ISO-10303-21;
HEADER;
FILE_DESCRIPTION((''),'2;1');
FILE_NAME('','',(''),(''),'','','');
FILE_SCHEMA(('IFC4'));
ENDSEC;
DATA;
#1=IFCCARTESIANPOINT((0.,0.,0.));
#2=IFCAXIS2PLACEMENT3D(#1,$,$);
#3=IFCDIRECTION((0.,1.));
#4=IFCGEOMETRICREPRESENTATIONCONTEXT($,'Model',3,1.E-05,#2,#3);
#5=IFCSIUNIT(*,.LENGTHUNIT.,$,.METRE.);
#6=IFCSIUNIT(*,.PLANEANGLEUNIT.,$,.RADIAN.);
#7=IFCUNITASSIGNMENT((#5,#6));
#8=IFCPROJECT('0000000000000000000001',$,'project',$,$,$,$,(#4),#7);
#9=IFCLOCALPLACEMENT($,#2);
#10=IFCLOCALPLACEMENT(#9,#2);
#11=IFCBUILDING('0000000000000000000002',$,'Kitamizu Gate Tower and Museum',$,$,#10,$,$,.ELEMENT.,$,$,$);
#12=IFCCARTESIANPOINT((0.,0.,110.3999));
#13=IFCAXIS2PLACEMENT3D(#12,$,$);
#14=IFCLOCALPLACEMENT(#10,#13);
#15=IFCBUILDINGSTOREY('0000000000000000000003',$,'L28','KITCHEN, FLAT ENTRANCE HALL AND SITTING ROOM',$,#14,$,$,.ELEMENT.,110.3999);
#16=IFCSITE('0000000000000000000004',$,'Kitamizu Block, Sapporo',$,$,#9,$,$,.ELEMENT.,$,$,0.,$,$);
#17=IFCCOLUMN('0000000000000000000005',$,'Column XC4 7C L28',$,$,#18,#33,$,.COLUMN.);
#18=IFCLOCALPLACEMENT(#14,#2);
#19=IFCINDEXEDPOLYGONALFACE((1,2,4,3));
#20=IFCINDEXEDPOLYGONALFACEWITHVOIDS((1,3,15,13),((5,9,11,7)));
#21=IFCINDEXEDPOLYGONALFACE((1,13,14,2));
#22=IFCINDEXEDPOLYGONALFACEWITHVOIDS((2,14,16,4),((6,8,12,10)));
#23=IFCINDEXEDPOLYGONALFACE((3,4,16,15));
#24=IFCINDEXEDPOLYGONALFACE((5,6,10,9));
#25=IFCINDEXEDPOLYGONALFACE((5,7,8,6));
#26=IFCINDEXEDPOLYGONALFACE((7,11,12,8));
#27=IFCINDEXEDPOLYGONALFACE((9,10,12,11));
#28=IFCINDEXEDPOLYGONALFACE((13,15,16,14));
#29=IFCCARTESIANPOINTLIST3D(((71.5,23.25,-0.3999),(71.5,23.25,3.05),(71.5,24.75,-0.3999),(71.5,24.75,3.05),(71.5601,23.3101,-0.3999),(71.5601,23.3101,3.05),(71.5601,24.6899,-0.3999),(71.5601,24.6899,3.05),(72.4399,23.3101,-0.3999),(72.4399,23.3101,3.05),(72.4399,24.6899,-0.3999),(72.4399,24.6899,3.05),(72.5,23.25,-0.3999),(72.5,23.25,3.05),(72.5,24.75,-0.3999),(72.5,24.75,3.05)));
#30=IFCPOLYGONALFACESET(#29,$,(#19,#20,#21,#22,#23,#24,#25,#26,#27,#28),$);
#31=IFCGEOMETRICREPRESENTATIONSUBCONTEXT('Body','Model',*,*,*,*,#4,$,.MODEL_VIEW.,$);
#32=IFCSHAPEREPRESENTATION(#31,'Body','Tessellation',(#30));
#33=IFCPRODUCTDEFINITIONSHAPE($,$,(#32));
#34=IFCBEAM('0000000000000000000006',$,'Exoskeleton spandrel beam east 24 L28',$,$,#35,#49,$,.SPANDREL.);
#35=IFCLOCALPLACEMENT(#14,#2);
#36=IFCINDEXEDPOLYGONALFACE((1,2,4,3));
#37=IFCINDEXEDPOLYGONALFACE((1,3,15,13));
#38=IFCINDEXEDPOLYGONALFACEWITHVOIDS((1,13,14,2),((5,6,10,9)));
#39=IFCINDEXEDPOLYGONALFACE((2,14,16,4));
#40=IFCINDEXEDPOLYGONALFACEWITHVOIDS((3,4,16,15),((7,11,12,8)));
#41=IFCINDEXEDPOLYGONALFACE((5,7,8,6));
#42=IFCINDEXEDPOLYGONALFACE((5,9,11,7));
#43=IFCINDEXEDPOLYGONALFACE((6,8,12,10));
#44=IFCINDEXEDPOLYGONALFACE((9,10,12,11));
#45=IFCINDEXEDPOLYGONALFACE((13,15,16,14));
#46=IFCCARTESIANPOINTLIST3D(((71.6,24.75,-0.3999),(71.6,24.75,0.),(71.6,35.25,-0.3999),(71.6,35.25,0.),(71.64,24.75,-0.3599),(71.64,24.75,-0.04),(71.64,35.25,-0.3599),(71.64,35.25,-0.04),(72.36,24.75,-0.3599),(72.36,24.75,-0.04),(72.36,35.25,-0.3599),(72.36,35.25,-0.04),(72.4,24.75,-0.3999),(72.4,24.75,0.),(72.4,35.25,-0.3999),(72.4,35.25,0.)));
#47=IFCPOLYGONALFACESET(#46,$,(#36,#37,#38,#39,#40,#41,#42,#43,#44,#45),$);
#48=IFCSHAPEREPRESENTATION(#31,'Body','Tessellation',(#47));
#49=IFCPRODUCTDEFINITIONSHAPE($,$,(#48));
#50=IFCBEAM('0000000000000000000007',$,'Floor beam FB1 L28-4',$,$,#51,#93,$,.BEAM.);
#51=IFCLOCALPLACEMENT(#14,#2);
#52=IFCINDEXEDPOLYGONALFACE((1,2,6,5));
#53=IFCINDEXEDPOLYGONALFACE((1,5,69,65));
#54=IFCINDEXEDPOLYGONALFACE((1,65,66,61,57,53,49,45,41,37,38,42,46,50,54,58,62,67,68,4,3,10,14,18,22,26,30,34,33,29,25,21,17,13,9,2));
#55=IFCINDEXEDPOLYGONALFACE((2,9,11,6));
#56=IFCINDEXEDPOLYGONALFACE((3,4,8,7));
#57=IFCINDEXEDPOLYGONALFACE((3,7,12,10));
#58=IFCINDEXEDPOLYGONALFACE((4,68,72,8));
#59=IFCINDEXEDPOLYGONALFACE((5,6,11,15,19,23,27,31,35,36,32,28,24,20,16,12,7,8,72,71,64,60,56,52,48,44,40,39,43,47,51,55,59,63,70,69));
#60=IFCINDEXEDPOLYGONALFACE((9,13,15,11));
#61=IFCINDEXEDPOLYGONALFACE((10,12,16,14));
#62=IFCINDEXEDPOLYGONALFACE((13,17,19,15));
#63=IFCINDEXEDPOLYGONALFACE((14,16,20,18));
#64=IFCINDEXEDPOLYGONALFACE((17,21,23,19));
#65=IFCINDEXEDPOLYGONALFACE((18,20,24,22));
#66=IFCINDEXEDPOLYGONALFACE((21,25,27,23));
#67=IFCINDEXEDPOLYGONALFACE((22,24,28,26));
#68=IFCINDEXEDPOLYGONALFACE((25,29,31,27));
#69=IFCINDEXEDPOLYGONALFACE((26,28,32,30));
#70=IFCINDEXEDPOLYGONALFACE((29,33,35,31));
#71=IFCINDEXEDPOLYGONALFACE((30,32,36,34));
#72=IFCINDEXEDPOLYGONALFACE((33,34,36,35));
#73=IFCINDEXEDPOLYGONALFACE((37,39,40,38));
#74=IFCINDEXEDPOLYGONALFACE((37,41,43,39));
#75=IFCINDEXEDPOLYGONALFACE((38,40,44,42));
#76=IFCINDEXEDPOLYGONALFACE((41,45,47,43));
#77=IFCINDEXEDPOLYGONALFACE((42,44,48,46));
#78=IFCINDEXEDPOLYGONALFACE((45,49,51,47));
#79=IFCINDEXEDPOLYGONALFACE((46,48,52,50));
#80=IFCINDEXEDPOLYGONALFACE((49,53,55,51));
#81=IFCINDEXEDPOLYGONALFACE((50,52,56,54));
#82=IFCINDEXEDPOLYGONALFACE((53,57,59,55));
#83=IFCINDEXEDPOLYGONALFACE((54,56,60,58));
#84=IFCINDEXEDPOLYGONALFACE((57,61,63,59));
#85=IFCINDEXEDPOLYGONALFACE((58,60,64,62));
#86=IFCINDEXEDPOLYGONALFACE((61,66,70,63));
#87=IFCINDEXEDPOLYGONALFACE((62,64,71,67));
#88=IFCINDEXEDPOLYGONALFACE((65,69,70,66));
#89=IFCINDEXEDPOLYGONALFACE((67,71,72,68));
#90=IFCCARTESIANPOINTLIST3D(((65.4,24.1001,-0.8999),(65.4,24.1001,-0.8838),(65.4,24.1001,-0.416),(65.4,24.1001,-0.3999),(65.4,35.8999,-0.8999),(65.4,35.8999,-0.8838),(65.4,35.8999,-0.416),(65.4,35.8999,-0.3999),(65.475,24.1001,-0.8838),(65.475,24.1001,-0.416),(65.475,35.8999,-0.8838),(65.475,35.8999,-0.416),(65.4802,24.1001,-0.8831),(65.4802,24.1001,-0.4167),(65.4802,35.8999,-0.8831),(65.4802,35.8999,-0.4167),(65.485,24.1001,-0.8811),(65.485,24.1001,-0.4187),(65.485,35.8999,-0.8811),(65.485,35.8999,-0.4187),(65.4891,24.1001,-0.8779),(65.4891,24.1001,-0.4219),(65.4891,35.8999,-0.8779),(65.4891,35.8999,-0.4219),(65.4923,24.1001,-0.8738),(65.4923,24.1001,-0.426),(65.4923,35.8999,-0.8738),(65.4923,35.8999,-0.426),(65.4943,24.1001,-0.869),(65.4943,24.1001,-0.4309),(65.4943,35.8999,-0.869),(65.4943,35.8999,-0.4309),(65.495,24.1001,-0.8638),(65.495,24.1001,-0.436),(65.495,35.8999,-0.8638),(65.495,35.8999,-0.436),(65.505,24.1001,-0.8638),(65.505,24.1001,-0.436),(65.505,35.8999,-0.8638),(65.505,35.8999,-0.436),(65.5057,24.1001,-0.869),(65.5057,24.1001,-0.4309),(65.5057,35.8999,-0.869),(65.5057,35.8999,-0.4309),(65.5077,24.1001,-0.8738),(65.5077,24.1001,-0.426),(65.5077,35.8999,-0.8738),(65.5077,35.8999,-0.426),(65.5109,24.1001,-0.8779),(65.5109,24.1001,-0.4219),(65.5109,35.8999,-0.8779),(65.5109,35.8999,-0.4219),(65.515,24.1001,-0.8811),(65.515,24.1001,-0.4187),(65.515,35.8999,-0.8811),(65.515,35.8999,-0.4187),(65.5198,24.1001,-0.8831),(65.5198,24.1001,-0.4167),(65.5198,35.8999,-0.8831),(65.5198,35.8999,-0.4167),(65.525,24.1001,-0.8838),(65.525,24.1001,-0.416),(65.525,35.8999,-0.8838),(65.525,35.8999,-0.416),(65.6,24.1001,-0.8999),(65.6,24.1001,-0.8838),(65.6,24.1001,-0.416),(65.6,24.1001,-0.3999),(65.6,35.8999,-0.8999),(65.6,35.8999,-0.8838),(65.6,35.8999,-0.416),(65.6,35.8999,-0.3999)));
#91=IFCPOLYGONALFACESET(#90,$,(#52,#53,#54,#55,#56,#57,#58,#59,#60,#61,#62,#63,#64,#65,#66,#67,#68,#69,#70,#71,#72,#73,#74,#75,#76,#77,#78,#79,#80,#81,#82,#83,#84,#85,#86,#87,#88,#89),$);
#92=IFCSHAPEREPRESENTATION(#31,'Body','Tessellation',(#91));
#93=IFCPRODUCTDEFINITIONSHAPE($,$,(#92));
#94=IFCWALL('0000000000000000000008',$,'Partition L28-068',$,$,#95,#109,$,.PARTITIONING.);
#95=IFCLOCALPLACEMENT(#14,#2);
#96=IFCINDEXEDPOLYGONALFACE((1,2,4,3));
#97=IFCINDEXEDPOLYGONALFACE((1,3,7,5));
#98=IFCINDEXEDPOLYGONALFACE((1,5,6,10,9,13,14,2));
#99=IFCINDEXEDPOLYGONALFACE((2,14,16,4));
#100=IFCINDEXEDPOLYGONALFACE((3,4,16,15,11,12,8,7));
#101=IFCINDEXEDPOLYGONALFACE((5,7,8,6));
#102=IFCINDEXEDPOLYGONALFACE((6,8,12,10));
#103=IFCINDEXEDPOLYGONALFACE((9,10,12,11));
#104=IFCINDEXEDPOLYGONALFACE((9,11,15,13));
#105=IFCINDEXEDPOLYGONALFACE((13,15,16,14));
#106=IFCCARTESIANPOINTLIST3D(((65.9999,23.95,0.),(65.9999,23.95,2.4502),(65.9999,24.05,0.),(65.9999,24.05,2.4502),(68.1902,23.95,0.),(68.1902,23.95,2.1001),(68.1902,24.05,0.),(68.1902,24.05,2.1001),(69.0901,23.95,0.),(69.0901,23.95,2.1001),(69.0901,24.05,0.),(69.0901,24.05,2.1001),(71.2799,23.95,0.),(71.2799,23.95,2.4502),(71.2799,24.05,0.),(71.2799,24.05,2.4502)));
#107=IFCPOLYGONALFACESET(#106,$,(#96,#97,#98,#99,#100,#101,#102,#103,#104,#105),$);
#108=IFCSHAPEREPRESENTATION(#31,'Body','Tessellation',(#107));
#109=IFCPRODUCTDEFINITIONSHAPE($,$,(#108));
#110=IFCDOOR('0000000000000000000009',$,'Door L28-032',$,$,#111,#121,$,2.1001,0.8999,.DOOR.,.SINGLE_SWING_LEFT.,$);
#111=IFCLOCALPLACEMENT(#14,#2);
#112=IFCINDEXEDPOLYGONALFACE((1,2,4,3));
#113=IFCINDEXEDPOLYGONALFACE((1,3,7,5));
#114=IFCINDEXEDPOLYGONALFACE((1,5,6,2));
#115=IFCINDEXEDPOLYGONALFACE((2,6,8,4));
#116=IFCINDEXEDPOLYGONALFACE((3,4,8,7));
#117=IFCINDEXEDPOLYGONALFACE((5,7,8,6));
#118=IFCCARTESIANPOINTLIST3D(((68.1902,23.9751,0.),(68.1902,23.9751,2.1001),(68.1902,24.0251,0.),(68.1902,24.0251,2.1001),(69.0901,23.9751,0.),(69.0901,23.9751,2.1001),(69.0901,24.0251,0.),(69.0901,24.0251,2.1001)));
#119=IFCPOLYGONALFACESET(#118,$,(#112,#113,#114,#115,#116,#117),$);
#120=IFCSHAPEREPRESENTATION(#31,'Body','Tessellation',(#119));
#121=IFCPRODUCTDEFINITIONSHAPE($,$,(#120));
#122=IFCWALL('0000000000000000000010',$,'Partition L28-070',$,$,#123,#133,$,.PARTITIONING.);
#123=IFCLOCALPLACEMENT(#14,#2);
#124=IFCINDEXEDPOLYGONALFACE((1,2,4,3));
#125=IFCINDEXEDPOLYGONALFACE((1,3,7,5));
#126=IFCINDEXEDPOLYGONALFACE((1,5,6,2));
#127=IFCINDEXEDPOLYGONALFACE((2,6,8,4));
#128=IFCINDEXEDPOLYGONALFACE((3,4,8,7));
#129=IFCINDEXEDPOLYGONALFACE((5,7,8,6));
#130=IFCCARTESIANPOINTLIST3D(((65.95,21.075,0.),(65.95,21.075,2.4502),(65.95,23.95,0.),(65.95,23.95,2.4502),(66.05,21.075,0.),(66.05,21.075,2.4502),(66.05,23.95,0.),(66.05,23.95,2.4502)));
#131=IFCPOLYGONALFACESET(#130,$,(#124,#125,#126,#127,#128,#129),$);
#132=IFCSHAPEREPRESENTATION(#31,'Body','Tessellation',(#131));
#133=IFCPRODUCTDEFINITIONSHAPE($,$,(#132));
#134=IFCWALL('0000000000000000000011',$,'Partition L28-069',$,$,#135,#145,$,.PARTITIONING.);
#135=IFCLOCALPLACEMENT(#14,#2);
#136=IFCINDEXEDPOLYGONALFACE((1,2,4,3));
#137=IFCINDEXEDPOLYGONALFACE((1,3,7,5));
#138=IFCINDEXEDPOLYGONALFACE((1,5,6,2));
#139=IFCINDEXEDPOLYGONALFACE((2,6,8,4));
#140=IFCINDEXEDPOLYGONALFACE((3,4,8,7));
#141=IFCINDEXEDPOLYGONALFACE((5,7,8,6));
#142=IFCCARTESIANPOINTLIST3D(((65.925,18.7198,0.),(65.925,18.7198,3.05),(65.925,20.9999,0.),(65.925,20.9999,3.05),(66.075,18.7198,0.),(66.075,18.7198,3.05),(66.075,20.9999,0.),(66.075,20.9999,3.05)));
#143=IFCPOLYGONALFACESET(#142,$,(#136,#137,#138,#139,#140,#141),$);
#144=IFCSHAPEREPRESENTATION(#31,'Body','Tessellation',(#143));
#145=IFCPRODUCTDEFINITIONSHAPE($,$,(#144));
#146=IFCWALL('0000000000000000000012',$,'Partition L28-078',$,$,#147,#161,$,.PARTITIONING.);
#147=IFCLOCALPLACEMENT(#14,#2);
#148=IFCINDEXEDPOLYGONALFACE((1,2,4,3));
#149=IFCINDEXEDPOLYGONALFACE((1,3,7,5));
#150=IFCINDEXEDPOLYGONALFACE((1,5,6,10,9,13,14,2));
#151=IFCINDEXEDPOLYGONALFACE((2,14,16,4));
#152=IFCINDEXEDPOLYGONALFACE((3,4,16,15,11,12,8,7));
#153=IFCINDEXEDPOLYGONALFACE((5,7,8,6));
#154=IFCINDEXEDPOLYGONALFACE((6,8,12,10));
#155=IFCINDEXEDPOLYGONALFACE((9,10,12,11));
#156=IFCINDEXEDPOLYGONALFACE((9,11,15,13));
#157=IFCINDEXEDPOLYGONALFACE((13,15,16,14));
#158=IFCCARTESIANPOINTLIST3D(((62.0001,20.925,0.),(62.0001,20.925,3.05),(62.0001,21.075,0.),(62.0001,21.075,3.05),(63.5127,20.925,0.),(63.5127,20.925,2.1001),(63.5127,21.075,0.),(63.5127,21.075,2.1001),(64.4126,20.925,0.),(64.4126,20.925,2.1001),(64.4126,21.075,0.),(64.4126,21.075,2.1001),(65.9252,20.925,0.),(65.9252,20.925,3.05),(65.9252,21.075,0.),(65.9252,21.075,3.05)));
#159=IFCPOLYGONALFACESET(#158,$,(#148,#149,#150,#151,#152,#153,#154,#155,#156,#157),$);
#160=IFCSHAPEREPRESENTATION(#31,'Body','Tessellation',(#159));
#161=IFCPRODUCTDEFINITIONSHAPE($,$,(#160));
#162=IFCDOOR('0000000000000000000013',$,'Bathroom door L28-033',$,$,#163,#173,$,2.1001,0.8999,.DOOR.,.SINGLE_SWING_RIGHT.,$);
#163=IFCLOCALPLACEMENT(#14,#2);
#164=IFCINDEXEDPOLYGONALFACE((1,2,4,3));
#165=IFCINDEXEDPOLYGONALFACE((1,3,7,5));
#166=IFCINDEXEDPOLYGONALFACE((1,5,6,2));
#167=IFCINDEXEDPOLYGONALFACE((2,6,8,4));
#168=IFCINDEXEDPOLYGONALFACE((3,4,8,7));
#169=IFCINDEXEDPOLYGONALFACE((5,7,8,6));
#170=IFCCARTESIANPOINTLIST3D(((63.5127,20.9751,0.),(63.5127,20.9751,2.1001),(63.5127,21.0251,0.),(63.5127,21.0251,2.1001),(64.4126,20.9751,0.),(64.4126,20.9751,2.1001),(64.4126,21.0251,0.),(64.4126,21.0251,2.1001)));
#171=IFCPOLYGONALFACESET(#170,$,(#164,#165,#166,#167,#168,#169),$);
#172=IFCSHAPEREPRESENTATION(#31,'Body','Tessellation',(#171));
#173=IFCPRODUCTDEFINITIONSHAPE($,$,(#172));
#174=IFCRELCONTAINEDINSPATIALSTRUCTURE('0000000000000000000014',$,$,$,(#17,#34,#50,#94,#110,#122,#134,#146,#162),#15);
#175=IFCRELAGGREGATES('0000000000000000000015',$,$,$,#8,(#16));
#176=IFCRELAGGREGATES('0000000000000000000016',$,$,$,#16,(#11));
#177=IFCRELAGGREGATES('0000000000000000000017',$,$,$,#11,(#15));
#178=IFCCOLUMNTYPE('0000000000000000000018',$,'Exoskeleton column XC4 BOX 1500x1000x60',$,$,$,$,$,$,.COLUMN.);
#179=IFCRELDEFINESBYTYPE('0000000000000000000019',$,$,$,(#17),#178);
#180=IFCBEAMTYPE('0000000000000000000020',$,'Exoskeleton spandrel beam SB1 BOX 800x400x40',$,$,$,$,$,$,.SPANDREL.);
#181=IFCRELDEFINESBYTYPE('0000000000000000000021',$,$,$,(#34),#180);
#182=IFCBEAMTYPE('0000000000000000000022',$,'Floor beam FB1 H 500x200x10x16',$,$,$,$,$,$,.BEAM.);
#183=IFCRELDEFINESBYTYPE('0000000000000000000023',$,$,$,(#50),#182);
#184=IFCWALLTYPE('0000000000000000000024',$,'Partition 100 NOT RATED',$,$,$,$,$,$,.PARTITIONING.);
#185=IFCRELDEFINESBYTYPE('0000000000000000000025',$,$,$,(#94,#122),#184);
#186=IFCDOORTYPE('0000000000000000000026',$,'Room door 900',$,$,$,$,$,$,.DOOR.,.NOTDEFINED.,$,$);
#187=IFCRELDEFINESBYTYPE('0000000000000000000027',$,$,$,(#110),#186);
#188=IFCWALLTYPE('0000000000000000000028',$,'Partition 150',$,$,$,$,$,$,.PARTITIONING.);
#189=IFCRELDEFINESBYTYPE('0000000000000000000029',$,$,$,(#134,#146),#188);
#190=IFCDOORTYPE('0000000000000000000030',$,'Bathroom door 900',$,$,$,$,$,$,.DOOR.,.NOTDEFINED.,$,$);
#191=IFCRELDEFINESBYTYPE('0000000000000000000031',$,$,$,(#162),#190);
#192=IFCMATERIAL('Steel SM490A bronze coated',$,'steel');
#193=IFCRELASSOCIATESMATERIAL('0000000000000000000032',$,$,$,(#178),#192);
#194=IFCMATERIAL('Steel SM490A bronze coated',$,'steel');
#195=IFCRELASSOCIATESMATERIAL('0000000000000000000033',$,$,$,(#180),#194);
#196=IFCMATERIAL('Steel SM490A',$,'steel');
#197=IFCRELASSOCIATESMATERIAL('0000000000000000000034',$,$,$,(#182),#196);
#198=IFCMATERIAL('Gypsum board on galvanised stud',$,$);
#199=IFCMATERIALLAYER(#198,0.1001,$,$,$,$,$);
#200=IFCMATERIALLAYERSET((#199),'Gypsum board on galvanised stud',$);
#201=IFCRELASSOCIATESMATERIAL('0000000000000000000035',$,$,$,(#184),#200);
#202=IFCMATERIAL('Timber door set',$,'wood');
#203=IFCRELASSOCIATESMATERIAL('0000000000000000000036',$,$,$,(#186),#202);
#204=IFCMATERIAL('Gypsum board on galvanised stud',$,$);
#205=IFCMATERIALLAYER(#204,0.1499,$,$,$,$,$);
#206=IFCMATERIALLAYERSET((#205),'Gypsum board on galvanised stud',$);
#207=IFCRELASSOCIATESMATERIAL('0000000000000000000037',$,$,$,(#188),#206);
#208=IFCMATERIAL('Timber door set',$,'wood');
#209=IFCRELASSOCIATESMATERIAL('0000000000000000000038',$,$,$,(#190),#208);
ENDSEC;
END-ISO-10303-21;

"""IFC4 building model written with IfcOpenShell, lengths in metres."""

from ifc_helpers import new_model, si_unit, direction, frame, frame_2d, origin, origin_2d, place, context, subcontext, project, spatial, rectangle, hollow_rectangle, i_section, extrude, material, layer, layer_set, material_profile, profile_set, type_object, element, fill, save


model = new_model("IFC4")

# Units and contexts
model_context = context("Model", 3, precision=1e-05, world=origin(), true_north=direction((0.0, 1.0)))
body_context = subcontext(model_context, "Body", "Model", "MODEL_VIEW")
ifc_project = project(units=[si_unit("LENGTHUNIT", "METRE"), si_unit("PLANEANGLEUNIT", "RADIAN")], contexts=[model_context])

# Site, building, storey
site_placement = place(None, origin())
site = spatial("IfcSite", under=ifc_project, at=site_placement, Name="Kitamizu Block, Sapporo", CompositionType="ELEMENT", RefElevation=0.0)
building_placement = place(site_placement, origin())
building = spatial("IfcBuilding", under=site, at=building_placement, Name="Kitamizu Gate Tower and Museum", CompositionType="ELEMENT")
storey_placement = place(building_placement, frame((0.0, 0.0, 110.3999)))
storey = spatial("IfcBuildingStorey", under=building, at=storey_placement, Name="L28", Description="KITCHEN, FLAT ENTRANCE HALL AND SITTING ROOM", CompositionType="ELEMENT", Elevation=110.3999)

# Column
ifc_material_1 = material(Name="Steel SM490A bronze coated", Category="steel")
ifc_material_profile_1 = material_profile(ifc_material_1, hollow_rectangle(XDim=1.5, YDim=1.0, WallThickness=0.0601, at=origin_2d()), Name="BOX 1500x1000x60")
ifc_profile_set_1 = profile_set([ifc_material_profile_1], Name="Steel SM490A bronze coated")
column_type = type_object("IfcColumnType", Name="Exoskeleton column XC4 BOX 1500x1000x60", PredefinedType="COLUMN", material=ifc_profile_set_1)
column_placement = place(storey_placement, frame((72.0, 24.0, -0.3999), z_axis=(0.0, 0.0, 1.0), x_axis=(0.0, 1.0, 0.0)))
element("IfcColumn", 1, at=column_placement, inside=storey, type_object=column_type, Name="Column XC4 7C L28", PredefinedType="COLUMN", context=body_context, shape_type="SweptSolid", body=[
    extrude(hollow_rectangle(XDim=1.5, YDim=1.0, WallThickness=0.0601, at=origin_2d()), origin(), (0.0, 0.0, 1.0), 3.45),
])

# Beams
ifc_material_2 = material(Name="Steel SM490A bronze coated", Category="steel")
ifc_material_profile_2 = material_profile(ifc_material_2, hollow_rectangle(XDim=0.8, YDim=0.3999, WallThickness=0.04, at=origin_2d()), Name="BOX 800x400x40")
ifc_profile_set_2 = profile_set([ifc_material_profile_2], Name="Steel SM490A bronze coated")
beam_type_1 = type_object("IfcBeamType", Name="Exoskeleton spandrel beam SB1 BOX 800x400x40", PredefinedType="SPANDREL", material=ifc_profile_set_2)
beam_1_placement = place(storey_placement, frame((72.0, 24.75, -0.2), z_axis=(0.0, 1.0, 0.0), x_axis=(-1.0, 0.0, 0.0)))
element("IfcBeam", 2, at=beam_1_placement, inside=storey, type_object=beam_type_1, Name="Exoskeleton spandrel beam east 24 L28", PredefinedType="SPANDREL", context=body_context, shape_type="SweptSolid", body=[
    extrude(hollow_rectangle(XDim=0.8, YDim=0.3999, WallThickness=0.04, at=origin_2d()), origin(), (0.0, 0.0, 1.0), 10.5),
])
ifc_material_3 = material(Name="Steel SM490A", Category="steel")
ifc_material_profile_3 = material_profile(ifc_material_3, i_section(OverallWidth=0.2, OverallDepth=0.5, WebThickness=0.01, FlangeThickness=0.0161, FilletRadius=0.02, at=origin_2d()), Name="H-500x200x10x16")
ifc_profile_set_3 = profile_set([ifc_material_profile_3], Name="Steel SM490A")
beam_type_2 = type_object("IfcBeamType", Name="Floor beam FB1 H 500x200x10x16", PredefinedType="BEAM", material=ifc_profile_set_3)
beam_2_placement = place(storey_placement, frame((65.5, 24.1001, -0.6499), z_axis=(0.0, 1.0, 0.0), x_axis=(-1.0, 0.0, 0.0)))
element("IfcBeam", 3, at=beam_2_placement, inside=storey, type_object=beam_type_2, Name="Floor beam FB1 L28-4", PredefinedType="BEAM", context=body_context, shape_type="SweptSolid", body=[
    extrude(i_section(OverallWidth=0.2, OverallDepth=0.5, WebThickness=0.01, FlangeThickness=0.0161, FilletRadius=0.02, at=origin_2d()), origin(), (0.0, 0.0, 1.0), 11.7998),
])

# Wall, opening, door
ifc_material_4 = material(Name="Gypsum board on galvanised stud")
ifc_layer_1 = layer(ifc_material_4, 0.1001)
ifc_layer_set_1 = layer_set([ifc_layer_1], Name="Gypsum board on galvanised stud")
wall_type_1 = type_object("IfcWallType", Name="Partition 100 NOT RATED", PredefinedType="PARTITIONING", material=ifc_layer_set_1)
wall_1_placement = place(storey_placement, frame((71.28, 24.0, 0.0), z_axis=(0.0, 0.0, 1.0), x_axis=(-1.0, 0.0, 0.0)))
wall_1 = element("IfcWall", 4, at=wall_1_placement, inside=storey, type_object=wall_type_1, Name="Partition L28-068", PredefinedType="PARTITIONING", context=body_context, shape_type="SweptSolid", body=[
    extrude(rectangle(XDim=5.28, YDim=0.1001, at=frame_2d((2.6401, 0.0))), origin(), (0.0, 0.0, 1.0), 2.4502),
])
opening_1_placement = place(wall_1_placement, frame((2.1899, 0.0, 0.0)))
opening_1 = element("IfcOpeningElement", 5, at=opening_1_placement, cuts=wall_1, PredefinedType="OPENING", context=body_context, shape_type="SweptSolid", body=[
    extrude(rectangle(XDim=0.8999, YDim=2.1001, at=frame_2d((0.45, 1.05))), frame((0.0, 0.0601, 0.0), z_axis=(0.0, -1.0, 0.0), x_axis=(1.0, 0.0, 0.0)), (0.0, 0.0, 1.0), 0.1201),
])
ifc_material_5 = material(Name="Timber door set", Category="wood")
door_type_1 = type_object("IfcDoorType", Name="Room door 900", OperationType="NOTDEFINED", PredefinedType="DOOR", material=ifc_material_5)
door_1_placement = place(opening_1_placement, origin())
door_1 = element("IfcDoor", 6, at=door_1_placement, inside=storey, type_object=door_type_1, Name="Door L28-032", OperationType="SINGLE_SWING_LEFT", OverallHeight=2.1001, OverallWidth=0.8999, PredefinedType="DOOR", context=body_context, shape_type="SweptSolid", body=[
    extrude(rectangle(XDim=0.8999, YDim=2.1001, at=frame_2d((0.45, 1.05))), frame((0.0, 0.0249, 0.0), z_axis=(0.0, -1.0, 0.0), x_axis=(1.0, 0.0, 0.0)), (0.0, 0.0, 1.0), 0.05),
])
fill(opening_1, door_1)

# Walls
wall_2_placement = place(storey_placement, frame((66.0, 23.95, 0.0), z_axis=(0.0, 0.0, 1.0), x_axis=(0.0, -1.0, 0.0)))
element("IfcWall", 7, at=wall_2_placement, inside=storey, type_object=wall_type_1, Name="Partition L28-070", PredefinedType="PARTITIONING", context=body_context, shape_type="SweptSolid", body=[
    extrude(rectangle(XDim=2.875, YDim=0.1001, at=frame_2d((1.4375, 0.0))), origin(), (0.0, 0.0, 1.0), 2.4502),
])
ifc_material_6 = material(Name="Gypsum board on galvanised stud")
ifc_layer_2 = layer(ifc_material_6, 0.1499)
ifc_layer_set_2 = layer_set([ifc_layer_2], Name="Gypsum board on galvanised stud")
wall_type_2 = type_object("IfcWallType", Name="Partition 150", PredefinedType="PARTITIONING", material=ifc_layer_set_2)
wall_3_placement = place(storey_placement, frame((66.0, 21.0, 0.0), z_axis=(0.0, 0.0, 1.0), x_axis=(0.0, -1.0, 0.0)))
element("IfcWall", 8, at=wall_3_placement, inside=storey, type_object=wall_type_2, Name="Partition L28-069", PredefinedType="PARTITIONING", context=body_context, shape_type="SweptSolid", body=[
    extrude(rectangle(XDim=2.28, YDim=0.1499, at=frame_2d((1.1401, 0.0))), origin(), (0.0, 0.0, 1.0), 3.05),
])

# Wall, opening, door
wall_4_placement = place(storey_placement, frame((65.925, 21.0, 0.0), z_axis=(0.0, 0.0, 1.0), x_axis=(-1.0, 0.0, 0.0)))
wall_4 = element("IfcWall", 9, at=wall_4_placement, inside=storey, type_object=wall_type_2, Name="Partition L28-078", PredefinedType="PARTITIONING", context=body_context, shape_type="SweptSolid", body=[
    extrude(rectangle(XDim=3.925, YDim=0.1499, at=frame_2d((1.9624, 0.0))), origin(), (0.0, 0.0, 1.0), 3.05),
])
opening_2_placement = place(wall_4_placement, frame((1.5125, 0.0, 0.0)))
opening_2 = element("IfcOpeningElement", 10, at=opening_2_placement, cuts=wall_4, PredefinedType="OPENING", context=body_context, shape_type="SweptSolid", body=[
    extrude(rectangle(XDim=0.8999, YDim=2.1001, at=frame_2d((0.45, 1.05))), frame((0.0, 0.085, 0.0), z_axis=(0.0, -1.0, 0.0), x_axis=(1.0, 0.0, 0.0)), (0.0, 0.0, 1.0), 0.1699),
])
ifc_material_7 = material(Name="Timber door set", Category="wood")
door_type_2 = type_object("IfcDoorType", Name="Bathroom door 900", OperationType="NOTDEFINED", PredefinedType="DOOR", material=ifc_material_7)
door_2_placement = place(opening_2_placement, origin())
door_2 = element("IfcDoor", 11, at=door_2_placement, inside=storey, type_object=door_type_2, Name="Bathroom door L28-033", OperationType="SINGLE_SWING_RIGHT", OverallHeight=2.1001, OverallWidth=0.8999, PredefinedType="DOOR", context=body_context, shape_type="SweptSolid", body=[
    extrude(rectangle(XDim=0.8999, YDim=2.1001, at=frame_2d((0.45, 1.05))), frame((0.0, 0.0249, 0.0), z_axis=(0.0, -1.0, 0.0), x_axis=(1.0, 0.0, 0.0)), (0.0, 0.0, 1.0), 0.05),
])
fill(opening_2, door_2)

save(model, "model.ifc")
